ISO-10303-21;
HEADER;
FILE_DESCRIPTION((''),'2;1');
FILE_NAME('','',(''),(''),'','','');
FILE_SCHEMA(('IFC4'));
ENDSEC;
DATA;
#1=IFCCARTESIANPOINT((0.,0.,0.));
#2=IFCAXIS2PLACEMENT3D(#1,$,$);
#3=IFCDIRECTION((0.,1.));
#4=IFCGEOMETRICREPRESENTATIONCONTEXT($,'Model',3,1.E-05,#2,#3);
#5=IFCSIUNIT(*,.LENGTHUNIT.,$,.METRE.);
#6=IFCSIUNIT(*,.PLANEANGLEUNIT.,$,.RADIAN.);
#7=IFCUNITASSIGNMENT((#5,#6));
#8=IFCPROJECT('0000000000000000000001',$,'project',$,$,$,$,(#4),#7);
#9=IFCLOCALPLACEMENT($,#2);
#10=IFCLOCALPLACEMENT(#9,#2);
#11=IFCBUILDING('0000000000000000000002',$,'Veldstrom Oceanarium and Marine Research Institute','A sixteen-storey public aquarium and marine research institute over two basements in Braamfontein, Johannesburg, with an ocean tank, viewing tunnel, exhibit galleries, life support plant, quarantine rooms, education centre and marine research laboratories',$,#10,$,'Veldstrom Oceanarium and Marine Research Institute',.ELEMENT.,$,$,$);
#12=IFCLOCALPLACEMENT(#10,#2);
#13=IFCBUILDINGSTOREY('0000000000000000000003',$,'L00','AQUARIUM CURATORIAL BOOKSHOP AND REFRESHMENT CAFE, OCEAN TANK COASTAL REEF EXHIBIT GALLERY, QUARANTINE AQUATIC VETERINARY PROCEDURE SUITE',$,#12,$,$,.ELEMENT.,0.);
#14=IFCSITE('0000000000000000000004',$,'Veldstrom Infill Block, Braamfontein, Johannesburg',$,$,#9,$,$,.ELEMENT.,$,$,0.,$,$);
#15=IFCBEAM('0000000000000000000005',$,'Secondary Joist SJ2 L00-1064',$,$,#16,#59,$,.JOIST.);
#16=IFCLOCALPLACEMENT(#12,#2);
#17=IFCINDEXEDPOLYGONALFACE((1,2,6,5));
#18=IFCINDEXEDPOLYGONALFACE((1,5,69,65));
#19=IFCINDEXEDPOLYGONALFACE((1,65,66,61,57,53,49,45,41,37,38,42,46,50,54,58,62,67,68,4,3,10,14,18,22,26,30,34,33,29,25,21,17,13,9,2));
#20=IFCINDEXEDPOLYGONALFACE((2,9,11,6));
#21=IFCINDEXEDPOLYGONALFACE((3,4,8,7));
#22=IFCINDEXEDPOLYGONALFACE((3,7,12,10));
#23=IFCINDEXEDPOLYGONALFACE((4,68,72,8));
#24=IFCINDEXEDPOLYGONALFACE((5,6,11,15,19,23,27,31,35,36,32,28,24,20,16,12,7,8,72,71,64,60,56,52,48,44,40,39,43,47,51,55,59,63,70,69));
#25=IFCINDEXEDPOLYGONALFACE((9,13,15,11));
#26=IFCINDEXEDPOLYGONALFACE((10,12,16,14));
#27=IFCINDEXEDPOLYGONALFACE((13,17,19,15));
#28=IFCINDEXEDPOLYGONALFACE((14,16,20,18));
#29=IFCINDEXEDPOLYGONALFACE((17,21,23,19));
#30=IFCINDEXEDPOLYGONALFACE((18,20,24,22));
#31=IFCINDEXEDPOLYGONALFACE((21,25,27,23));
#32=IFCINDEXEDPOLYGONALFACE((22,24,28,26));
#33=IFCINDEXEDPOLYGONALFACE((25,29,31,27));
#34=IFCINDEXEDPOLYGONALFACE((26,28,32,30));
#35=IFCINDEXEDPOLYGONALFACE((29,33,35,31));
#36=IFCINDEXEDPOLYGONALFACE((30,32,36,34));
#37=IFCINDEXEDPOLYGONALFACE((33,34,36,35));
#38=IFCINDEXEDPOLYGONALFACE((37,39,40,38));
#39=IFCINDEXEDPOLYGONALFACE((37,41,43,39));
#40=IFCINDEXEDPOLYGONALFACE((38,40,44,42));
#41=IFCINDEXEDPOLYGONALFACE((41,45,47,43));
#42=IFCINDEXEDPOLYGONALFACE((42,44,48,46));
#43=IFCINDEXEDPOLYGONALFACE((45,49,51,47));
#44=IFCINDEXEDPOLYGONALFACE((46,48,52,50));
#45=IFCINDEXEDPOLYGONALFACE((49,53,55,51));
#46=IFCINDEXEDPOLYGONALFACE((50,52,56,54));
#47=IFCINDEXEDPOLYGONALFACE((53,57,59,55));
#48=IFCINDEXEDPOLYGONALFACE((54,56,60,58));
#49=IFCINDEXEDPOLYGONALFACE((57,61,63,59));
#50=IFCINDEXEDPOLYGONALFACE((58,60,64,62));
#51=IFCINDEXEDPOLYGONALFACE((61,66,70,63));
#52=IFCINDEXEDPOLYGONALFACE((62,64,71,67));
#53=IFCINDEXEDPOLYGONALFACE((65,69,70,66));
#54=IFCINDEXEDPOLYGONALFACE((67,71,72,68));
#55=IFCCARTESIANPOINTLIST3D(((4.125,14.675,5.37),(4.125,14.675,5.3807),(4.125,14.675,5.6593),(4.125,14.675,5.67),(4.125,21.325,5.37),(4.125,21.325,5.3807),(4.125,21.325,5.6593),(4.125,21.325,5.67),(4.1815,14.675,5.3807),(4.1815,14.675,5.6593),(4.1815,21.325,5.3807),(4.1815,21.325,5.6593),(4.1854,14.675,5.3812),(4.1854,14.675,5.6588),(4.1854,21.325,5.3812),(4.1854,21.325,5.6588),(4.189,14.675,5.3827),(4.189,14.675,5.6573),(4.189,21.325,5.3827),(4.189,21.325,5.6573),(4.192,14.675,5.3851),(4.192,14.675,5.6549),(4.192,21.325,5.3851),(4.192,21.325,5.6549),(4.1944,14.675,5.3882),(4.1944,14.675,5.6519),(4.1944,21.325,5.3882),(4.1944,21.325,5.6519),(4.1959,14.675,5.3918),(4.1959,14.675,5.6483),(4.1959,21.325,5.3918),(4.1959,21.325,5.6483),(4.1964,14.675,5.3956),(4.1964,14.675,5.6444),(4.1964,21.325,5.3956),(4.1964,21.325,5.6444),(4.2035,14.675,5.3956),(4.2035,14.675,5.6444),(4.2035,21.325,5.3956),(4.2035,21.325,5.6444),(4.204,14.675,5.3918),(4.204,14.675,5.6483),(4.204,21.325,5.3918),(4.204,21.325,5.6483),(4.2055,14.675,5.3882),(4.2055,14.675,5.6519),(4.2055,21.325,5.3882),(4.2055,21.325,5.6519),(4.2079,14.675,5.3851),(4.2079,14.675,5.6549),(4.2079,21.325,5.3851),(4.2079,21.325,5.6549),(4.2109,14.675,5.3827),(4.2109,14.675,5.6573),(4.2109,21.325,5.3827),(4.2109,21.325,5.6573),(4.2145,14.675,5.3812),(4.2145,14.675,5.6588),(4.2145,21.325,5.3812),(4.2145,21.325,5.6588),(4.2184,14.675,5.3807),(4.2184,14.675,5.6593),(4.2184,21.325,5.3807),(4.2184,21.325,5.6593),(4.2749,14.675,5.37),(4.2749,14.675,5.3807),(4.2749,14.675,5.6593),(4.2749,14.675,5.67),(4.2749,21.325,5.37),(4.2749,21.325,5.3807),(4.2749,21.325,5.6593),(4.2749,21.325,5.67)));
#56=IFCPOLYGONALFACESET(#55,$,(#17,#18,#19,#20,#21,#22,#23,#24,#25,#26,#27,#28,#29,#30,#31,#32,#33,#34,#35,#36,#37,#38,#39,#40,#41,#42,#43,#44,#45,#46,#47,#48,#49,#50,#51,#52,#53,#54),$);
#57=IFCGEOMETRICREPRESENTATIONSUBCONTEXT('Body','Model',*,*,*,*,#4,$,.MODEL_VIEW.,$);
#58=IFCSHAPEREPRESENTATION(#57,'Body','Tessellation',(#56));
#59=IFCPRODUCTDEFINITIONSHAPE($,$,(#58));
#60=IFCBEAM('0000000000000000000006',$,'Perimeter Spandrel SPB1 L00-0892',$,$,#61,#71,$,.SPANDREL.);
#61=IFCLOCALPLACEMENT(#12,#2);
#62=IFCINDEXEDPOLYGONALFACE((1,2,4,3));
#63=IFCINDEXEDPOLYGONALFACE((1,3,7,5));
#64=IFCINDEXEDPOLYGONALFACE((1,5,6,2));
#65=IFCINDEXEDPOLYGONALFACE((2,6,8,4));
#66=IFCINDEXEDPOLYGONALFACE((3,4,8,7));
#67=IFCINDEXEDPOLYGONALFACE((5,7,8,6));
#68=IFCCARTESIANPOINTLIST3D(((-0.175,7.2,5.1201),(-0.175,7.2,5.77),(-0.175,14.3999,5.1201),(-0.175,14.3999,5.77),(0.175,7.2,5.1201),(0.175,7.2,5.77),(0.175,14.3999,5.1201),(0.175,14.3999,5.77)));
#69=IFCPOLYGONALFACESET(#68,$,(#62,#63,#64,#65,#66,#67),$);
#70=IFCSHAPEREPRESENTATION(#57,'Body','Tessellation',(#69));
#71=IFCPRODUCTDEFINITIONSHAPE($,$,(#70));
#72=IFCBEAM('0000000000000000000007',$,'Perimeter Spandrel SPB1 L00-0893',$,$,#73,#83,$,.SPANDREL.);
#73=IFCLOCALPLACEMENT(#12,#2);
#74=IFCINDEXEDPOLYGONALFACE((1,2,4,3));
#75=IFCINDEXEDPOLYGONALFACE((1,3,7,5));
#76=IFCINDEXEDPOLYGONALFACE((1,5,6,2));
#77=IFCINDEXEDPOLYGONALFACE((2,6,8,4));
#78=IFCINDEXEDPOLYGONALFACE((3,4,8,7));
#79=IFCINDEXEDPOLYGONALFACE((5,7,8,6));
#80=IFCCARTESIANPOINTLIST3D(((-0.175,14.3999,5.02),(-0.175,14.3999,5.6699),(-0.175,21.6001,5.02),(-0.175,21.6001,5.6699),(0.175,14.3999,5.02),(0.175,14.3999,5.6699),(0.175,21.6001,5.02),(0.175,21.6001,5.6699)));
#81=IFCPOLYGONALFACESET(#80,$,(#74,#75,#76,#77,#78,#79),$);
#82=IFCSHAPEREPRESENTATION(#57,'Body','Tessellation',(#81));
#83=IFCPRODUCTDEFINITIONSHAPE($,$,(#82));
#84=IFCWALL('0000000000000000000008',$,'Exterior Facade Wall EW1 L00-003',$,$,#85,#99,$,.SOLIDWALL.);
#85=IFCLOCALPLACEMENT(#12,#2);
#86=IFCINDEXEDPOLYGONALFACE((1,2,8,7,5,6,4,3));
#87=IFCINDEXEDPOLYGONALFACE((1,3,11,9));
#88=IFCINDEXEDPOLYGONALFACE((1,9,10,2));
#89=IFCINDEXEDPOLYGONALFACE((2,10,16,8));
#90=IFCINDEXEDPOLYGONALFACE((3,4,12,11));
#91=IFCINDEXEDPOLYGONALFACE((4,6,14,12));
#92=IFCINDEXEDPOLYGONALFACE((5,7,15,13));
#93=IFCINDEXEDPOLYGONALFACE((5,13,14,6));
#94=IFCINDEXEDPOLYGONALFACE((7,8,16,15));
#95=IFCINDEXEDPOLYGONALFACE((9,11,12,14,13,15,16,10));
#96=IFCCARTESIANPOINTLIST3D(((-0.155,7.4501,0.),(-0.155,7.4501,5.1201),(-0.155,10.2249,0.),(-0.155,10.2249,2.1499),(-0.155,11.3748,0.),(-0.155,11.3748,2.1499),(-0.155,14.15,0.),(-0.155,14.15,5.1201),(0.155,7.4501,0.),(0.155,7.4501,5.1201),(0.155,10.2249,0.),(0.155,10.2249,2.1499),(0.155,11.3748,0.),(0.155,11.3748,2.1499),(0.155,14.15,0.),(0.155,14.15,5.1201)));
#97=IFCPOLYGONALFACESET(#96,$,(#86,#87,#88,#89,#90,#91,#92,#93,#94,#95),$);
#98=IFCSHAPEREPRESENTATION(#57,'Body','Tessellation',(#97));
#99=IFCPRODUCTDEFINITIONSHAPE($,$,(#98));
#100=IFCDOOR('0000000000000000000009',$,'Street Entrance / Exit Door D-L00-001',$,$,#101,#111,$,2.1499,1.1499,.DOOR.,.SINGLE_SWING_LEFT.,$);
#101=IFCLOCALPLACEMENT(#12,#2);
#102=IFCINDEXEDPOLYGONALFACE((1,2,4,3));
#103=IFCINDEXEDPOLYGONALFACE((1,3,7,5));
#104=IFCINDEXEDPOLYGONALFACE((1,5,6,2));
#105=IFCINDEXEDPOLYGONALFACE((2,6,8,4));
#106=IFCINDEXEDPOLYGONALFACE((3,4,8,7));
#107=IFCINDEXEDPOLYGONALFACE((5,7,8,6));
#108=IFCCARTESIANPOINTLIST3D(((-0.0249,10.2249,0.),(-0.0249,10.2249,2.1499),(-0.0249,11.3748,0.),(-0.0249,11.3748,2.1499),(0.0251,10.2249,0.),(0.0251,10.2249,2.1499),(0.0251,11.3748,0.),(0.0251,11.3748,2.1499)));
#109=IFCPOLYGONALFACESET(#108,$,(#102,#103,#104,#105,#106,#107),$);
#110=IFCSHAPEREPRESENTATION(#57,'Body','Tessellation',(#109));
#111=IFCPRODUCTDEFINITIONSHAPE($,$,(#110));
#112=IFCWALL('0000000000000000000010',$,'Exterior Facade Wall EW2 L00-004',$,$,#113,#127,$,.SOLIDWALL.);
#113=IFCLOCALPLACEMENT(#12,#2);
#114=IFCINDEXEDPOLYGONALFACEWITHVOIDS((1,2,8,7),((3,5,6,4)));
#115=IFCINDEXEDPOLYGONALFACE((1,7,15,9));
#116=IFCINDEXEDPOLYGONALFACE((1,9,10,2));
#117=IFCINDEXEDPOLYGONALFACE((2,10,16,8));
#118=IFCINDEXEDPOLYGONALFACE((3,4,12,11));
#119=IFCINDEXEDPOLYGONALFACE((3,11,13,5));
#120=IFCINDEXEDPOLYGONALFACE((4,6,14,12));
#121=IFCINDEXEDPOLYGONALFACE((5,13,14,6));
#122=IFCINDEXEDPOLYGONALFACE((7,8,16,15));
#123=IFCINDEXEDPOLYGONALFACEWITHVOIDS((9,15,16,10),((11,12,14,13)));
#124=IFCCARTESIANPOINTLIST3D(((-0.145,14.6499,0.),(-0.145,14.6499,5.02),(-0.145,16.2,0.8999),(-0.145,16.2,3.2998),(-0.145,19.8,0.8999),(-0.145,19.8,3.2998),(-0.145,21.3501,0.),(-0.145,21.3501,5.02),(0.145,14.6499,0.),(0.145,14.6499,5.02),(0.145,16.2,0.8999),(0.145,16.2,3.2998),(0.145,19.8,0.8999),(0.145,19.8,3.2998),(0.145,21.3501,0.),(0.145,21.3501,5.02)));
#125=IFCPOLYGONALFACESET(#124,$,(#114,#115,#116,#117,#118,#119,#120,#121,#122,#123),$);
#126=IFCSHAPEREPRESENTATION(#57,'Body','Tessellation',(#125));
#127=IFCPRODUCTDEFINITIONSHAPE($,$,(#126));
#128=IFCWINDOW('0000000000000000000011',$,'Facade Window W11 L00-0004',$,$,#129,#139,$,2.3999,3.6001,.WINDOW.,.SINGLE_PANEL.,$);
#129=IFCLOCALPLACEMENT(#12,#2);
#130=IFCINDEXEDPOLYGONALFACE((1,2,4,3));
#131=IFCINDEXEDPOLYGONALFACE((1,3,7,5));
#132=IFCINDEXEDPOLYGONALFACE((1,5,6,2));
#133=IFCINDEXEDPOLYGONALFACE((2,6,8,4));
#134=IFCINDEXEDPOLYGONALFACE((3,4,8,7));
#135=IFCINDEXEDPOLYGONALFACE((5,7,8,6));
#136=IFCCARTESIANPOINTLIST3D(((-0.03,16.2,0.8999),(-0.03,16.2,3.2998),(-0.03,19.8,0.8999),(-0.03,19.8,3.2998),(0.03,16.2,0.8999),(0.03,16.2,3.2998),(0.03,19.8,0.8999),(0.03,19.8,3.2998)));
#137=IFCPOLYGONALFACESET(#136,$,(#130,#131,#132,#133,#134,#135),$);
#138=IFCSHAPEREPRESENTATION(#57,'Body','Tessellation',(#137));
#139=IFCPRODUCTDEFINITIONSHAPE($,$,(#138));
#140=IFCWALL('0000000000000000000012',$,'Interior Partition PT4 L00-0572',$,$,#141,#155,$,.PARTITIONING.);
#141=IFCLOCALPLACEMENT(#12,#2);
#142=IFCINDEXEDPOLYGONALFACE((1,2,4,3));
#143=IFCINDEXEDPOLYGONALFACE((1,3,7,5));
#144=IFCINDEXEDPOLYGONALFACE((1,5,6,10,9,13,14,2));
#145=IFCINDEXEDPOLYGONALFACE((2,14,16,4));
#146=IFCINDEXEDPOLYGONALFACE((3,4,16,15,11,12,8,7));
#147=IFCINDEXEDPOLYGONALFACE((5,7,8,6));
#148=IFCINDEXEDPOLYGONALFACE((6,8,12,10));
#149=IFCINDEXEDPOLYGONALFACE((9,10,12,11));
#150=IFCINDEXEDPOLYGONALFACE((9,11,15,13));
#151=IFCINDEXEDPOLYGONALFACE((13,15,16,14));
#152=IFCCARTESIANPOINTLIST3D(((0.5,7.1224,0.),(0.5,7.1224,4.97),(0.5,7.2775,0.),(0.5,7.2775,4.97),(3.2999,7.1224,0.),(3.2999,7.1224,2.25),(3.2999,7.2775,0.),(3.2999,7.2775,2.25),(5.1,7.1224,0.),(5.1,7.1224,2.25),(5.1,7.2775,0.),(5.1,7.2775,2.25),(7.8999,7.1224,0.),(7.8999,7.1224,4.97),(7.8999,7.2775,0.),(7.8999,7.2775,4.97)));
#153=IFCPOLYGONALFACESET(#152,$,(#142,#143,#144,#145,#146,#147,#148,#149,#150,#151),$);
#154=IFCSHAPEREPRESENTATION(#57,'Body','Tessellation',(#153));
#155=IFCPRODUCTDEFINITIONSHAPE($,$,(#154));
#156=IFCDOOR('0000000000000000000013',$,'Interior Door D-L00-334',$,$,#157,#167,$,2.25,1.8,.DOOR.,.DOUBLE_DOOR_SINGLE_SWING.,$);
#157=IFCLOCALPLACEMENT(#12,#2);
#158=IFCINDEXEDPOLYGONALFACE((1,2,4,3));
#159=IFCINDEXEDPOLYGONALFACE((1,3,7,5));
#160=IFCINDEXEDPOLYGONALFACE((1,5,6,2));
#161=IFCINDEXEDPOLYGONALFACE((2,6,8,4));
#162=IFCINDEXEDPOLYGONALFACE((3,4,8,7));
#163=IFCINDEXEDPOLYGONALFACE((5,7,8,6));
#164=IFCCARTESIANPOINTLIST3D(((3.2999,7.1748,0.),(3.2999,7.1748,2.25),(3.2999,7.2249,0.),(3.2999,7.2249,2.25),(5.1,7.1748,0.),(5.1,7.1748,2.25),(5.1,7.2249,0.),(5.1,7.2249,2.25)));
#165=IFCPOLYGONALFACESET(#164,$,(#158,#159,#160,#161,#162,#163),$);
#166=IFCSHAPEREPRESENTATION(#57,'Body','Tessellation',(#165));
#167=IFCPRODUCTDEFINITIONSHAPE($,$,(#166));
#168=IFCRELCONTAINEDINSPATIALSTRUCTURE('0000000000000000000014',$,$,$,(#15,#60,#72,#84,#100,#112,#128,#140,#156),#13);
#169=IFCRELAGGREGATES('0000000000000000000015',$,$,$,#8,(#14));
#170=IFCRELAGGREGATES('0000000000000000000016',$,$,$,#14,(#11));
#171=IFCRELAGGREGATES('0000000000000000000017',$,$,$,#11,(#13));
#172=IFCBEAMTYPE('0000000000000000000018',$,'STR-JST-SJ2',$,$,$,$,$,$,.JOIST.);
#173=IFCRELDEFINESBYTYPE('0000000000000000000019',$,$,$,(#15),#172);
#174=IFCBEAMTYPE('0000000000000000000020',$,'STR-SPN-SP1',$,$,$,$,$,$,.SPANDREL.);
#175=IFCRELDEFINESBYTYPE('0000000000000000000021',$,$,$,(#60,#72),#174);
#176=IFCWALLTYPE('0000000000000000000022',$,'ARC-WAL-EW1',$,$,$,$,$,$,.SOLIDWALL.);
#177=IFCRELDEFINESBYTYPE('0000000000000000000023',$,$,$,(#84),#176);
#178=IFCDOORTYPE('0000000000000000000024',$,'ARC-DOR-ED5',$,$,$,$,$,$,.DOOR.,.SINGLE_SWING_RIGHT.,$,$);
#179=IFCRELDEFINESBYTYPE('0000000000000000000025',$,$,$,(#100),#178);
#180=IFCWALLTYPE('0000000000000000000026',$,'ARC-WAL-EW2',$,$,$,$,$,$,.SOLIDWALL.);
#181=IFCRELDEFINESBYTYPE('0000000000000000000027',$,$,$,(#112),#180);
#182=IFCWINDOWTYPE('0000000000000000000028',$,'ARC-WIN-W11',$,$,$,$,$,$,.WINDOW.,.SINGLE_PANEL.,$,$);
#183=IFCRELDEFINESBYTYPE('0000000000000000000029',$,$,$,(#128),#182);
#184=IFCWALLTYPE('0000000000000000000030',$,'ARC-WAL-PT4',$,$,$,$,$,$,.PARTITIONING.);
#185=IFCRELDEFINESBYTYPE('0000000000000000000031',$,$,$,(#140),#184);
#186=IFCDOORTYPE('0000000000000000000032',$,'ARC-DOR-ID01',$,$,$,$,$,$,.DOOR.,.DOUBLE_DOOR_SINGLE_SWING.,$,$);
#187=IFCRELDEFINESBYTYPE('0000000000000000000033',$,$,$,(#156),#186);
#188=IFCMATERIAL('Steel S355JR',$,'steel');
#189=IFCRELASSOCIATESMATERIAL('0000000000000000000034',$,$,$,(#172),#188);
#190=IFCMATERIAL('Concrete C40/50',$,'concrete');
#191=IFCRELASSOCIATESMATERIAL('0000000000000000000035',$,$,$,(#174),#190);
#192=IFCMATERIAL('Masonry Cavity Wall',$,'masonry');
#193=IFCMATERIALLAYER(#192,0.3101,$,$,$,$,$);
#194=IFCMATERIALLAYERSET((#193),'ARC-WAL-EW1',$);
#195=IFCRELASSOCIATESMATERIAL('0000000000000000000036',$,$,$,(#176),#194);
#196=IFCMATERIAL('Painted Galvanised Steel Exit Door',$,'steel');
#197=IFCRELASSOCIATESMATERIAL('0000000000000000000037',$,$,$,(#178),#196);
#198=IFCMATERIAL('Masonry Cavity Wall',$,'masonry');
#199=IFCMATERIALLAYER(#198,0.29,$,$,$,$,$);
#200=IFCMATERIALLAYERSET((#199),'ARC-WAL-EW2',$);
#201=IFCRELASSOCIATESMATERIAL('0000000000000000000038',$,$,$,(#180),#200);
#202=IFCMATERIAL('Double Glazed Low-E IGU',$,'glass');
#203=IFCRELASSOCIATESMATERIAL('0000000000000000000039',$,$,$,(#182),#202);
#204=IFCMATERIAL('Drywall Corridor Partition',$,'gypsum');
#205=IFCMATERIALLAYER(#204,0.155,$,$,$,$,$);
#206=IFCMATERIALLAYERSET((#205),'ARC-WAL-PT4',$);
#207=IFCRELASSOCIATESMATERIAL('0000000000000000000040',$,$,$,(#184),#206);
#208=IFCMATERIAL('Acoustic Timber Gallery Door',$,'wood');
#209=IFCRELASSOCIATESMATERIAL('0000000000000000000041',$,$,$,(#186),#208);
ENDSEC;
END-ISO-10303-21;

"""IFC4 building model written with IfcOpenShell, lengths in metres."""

from ifc_helpers import new_model, si_unit, direction, frame, frame_2d, origin, origin_2d, place, context, subcontext, project, spatial, rectangle, i_section, extrude, material, layer, layer_set, material_profile, profile_set, type_object, element, fill, save


model = new_model("IFC4")

# Units and contexts
model_context = context("Model", 3, precision=1e-05, world=origin(), true_north=direction((0.0, 1.0)))
body_context = subcontext(model_context, "Body", "Model", "MODEL_VIEW")
ifc_project = project(units=[si_unit("LENGTHUNIT", "METRE"), si_unit("PLANEANGLEUNIT", "RADIAN")], contexts=[model_context])

# Site, building, storey
site_placement = place(None, origin())
site = spatial("IfcSite", under=ifc_project, at=site_placement, Name="Veldstrom Infill Block, Braamfontein, Johannesburg", CompositionType="ELEMENT", RefElevation=0.0)
building_placement = place(site_placement, origin())
building = spatial("IfcBuilding", under=site, at=building_placement, Name="Veldstrom Oceanarium and Marine Research Institute", Description="A sixteen-storey public aquarium and marine research institute over two basements in Braamfontein, Johannesburg, with an ocean tank, viewing tunnel, exhibit galleries, life support plant, quarantine rooms, education centre and marine research laboratories", LongName="Veldstrom Oceanarium and Marine Research Institute", CompositionType="ELEMENT")
storey_placement = place(building_placement, origin())
storey = spatial("IfcBuildingStorey", under=building, at=storey_placement, Name="L00", Description="AQUARIUM CURATORIAL BOOKSHOP AND REFRESHMENT CAFE, OCEAN TANK COASTAL REEF EXHIBIT GALLERY, QUARANTINE AQUATIC VETERINARY PROCEDURE SUITE", CompositionType="ELEMENT", Elevation=0.0)

# Beams
ifc_material_1 = material(Name="Steel S355JR", Category="steel")
ifc_material_profile_1 = material_profile(ifc_material_1, i_section(OverallWidth=0.1499, OverallDepth=0.3, WebThickness=0.0071, FlangeThickness=0.0107, FilletRadius=0.0149, at=origin_2d()), Name="IPE 300")
ifc_profile_set_1 = profile_set([ifc_material_profile_1], Name="Steel S355JR")
beam_type_1 = type_object("IfcBeamType", Name="STR-JST-SJ2", PredefinedType="JOIST", material=ifc_profile_set_1)
beam_1_placement = place(storey_placement, frame((4.2, 14.675, 5.52), z_axis=(0.0, 1.0, 0.0), x_axis=(-1.0, 0.0, 0.0)))
element("IfcBeam", 1, at=beam_1_placement, inside=storey, type_object=beam_type_1, Name="Secondary Joist SJ2 L00-1064", PredefinedType="JOIST", context=body_context, shape_type="SweptSolid", body=[
    extrude(i_section(OverallWidth=0.1499, OverallDepth=0.3, WebThickness=0.0071, FlangeThickness=0.0107, FilletRadius=0.0149, at=origin_2d()), origin(), (0.0, 0.0, 1.0), 6.6499),
])
ifc_material_2 = material(Name="Concrete C40/50", Category="concrete")
ifc_material_profile_2 = material_profile(ifc_material_2, rectangle(XDim=0.3501, YDim=0.6499, at=origin_2d()), Name="RC-SPN-350x650")
ifc_profile_set_2 = profile_set([ifc_material_profile_2], Name="Concrete C40/50")
beam_type_2 = type_object("IfcBeamType", Name="STR-SPN-SP1", PredefinedType="SPANDREL", material=ifc_profile_set_2)
beam_2_placement = place(storey_placement, frame((0.0, 7.2, 5.4451), z_axis=(0.0, 1.0, 0.0), x_axis=(-1.0, 0.0, 0.0)))
element("IfcBeam", 2, at=beam_2_placement, inside=storey, type_object=beam_type_2, Name="Perimeter Spandrel SPB1 L00-0892", PredefinedType="SPANDREL", context=body_context, shape_type="SweptSolid", body=[
    extrude(rectangle(XDim=0.3501, YDim=0.6499, at=origin_2d()), origin(), (0.0, 0.0, 1.0), 7.2),
])
beam_3_placement = place(storey_placement, frame((0.0, 14.3999, 5.345), z_axis=(0.0, 1.0, 0.0), x_axis=(-1.0, 0.0, 0.0)))
element("IfcBeam", 3, at=beam_3_placement, inside=storey, type_object=beam_type_2, Name="Perimeter Spandrel SPB1 L00-0893", PredefinedType="SPANDREL", context=body_context, shape_type="SweptSolid", body=[
    extrude(rectangle(XDim=0.3501, YDim=0.6499, at=origin_2d()), origin(), (0.0, 0.0, 1.0), 7.2002),
])

# Wall, opening, door
ifc_material_3 = material(Name="Masonry Cavity Wall", Category="masonry")
ifc_layer_1 = layer(ifc_material_3, 0.3101)
ifc_layer_set_1 = layer_set([ifc_layer_1], Name="ARC-WAL-EW1")
wall_type_1 = type_object("IfcWallType", Name="ARC-WAL-EW1", PredefinedType="SOLIDWALL", material=ifc_layer_set_1)
wall_1_placement = place(storey_placement, frame((0.0, 7.45, 0.0), z_axis=(0.0, 0.0, 1.0), x_axis=(0.0, 1.0, 0.0)))
wall_1 = element("IfcWall", 4, at=wall_1_placement, inside=storey, type_object=wall_type_1, Name="Exterior Facade Wall EW1 L00-003", PredefinedType="SOLIDWALL", context=body_context, shape_type="SweptSolid", body=[
    extrude(rectangle(XDim=6.7, YDim=0.3101, at=frame_2d((3.3501, 0.0))), origin(), (0.0, 0.0, 1.0), 5.1201),
])
opening_1_placement = place(wall_1_placement, frame((2.7749, 0.0, 0.0)))
opening_1 = element("IfcOpeningElement", 5, at=opening_1_placement, cuts=wall_1, PredefinedType="OPENING", context=body_context, shape_type="SweptSolid", body=[
    extrude(rectangle(XDim=1.1499, YDim=2.1499, at=frame_2d((0.575, 1.075))), frame((0.0, 0.165, 0.0), z_axis=(0.0, -1.0, 0.0), x_axis=(1.0, 0.0, 0.0)), (0.0, 0.0, 1.0), 0.3301),
])
ifc_material_4 = material(Name="Painted Galvanised Steel Exit Door", Category="steel")
door_type_1 = type_object("IfcDoorType", Name="ARC-DOR-ED5", OperationType="SINGLE_SWING_RIGHT", PredefinedType="DOOR", material=ifc_material_4)
door_1_placement = place(opening_1_placement, origin())
door_1 = element("IfcDoor", 6, at=door_1_placement, inside=storey, type_object=door_type_1, Name="Street Entrance / Exit Door D-L00-001", OperationType="SINGLE_SWING_LEFT", OverallHeight=2.1499, OverallWidth=1.1499, PredefinedType="DOOR", context=body_context, shape_type="SweptSolid", body=[
    extrude(rectangle(XDim=1.1499, YDim=2.1499, at=frame_2d((0.575, 1.075))), frame((0.0, 0.0249, 0.0), z_axis=(0.0, -1.0, 0.0), x_axis=(1.0, 0.0, 0.0)), (0.0, 0.0, 1.0), 0.05),
])
fill(opening_1, door_1)

# Wall, opening, window
ifc_material_5 = material(Name="Masonry Cavity Wall", Category="masonry")
ifc_layer_2 = layer(ifc_material_5, 0.29)
ifc_layer_set_2 = layer_set([ifc_layer_2], Name="ARC-WAL-EW2")
wall_type_2 = type_object("IfcWallType", Name="ARC-WAL-EW2", PredefinedType="SOLIDWALL", material=ifc_layer_set_2)
wall_2_placement = place(storey_placement, frame((0.0, 14.6499, 0.0), z_axis=(0.0, 0.0, 1.0), x_axis=(0.0, 1.0, 0.0)))
wall_2 = element("IfcWall", 7, at=wall_2_placement, inside=storey, type_object=wall_type_2, Name="Exterior Facade Wall EW2 L00-004", PredefinedType="SOLIDWALL", context=body_context, shape_type="SweptSolid", body=[
    extrude(rectangle(XDim=6.7002, YDim=0.29, at=frame_2d((3.3501, 0.0))), origin(), (0.0, 0.0, 1.0), 5.02),
])
opening_2_placement = place(wall_2_placement, frame((1.55, 0.0, 0.8999)))
opening_2 = element("IfcOpeningElement", 8, at=opening_2_placement, cuts=wall_2, PredefinedType="OPENING", context=body_context, shape_type="SweptSolid", body=[
    extrude(rectangle(XDim=3.6001, YDim=2.3999, at=frame_2d((1.8, 1.2))), frame((0.0, 0.155, 0.0), z_axis=(0.0, -1.0, 0.0), x_axis=(1.0, 0.0, 0.0)), (0.0, 0.0, 1.0), 0.3101),
])
ifc_material_6 = material(Name="Double Glazed Low-E IGU", Category="glass")
window_type = type_object("IfcWindowType", Name="ARC-WIN-W11", PartitioningType="SINGLE_PANEL", PredefinedType="WINDOW", material=ifc_material_6)
window_placement = place(opening_2_placement, origin())
window = element("IfcWindow", 9, at=window_placement, inside=storey, type_object=window_type, Name="Facade Window W11 L00-0004", OverallHeight=2.3999, OverallWidth=3.6001, PartitioningType="SINGLE_PANEL", PredefinedType="WINDOW", context=body_context, shape_type="SweptSolid", body=[
    extrude(rectangle(XDim=3.6001, YDim=2.3999, at=frame_2d((1.8, 1.2))), frame((0.0, 0.03, 0.0), z_axis=(0.0, -1.0, 0.0), x_axis=(1.0, 0.0, 0.0)), (0.0, 0.0, 1.0), 0.0601),
])
fill(opening_2, window)

# Wall, opening, door
ifc_material_7 = material(Name="Drywall Corridor Partition", Category="gypsum")
ifc_layer_3 = layer(ifc_material_7, 0.155)
ifc_layer_set_3 = layer_set([ifc_layer_3], Name="ARC-WAL-PT4")
wall_type_3 = type_object("IfcWallType", Name="ARC-WAL-PT4", PredefinedType="PARTITIONING", material=ifc_layer_set_3)
wall_3_placement = place(storey_placement, frame((0.5, 7.2, 0.0), z_axis=(0.0, 0.0, 1.0), x_axis=(1.0, 0.0, 0.0)))
wall_3 = element("IfcWall", 10, at=wall_3_placement, inside=storey, type_object=wall_type_3, Name="Interior Partition PT4 L00-0572", PredefinedType="PARTITIONING", context=body_context, shape_type="SweptSolid", body=[
    extrude(rectangle(XDim=7.3999, YDim=0.155, at=frame_2d((3.7, 0.0))), origin(), (0.0, 0.0, 1.0), 4.97),
])
opening_3_placement = place(wall_3_placement, frame((2.8, 0.0, 0.0)))
opening_3 = element("IfcOpeningElement", 11, at=opening_3_placement, cuts=wall_3, PredefinedType="OPENING", context=body_context, shape_type="SweptSolid", body=[
    extrude(rectangle(XDim=1.8, YDim=2.25, at=frame_2d((0.8999, 1.125))), frame((0.0, 0.0874, 0.0), z_axis=(0.0, -1.0, 0.0), x_axis=(1.0, 0.0, 0.0)), (0.0, 0.0, 1.0), 0.175),
])
ifc_material_8 = material(Name="Acoustic Timber Gallery Door", Category="wood")
door_type_2 = type_object("IfcDoorType", Name="ARC-DOR-ID01", OperationType="DOUBLE_DOOR_SINGLE_SWING", PredefinedType="DOOR", material=ifc_material_8)
door_2_placement = place(opening_3_placement, origin())
door_2 = element("IfcDoor", 12, at=door_2_placement, inside=storey, type_object=door_type_2, Name="Interior Door D-L00-334", OperationType="DOUBLE_DOOR_SINGLE_SWING", OverallHeight=2.25, OverallWidth=1.8, PredefinedType="DOOR", context=body_context, shape_type="SweptSolid", body=[
    extrude(rectangle(XDim=1.8, YDim=2.25, at=frame_2d((0.8999, 1.125))), frame((0.0, 0.0249, 0.0), z_axis=(0.0, -1.0, 0.0), x_axis=(1.0, 0.0, 0.0)), (0.0, 0.0, 1.0), 0.05),
])
fill(opening_3, door_2)

save(model, "model.ifc")
